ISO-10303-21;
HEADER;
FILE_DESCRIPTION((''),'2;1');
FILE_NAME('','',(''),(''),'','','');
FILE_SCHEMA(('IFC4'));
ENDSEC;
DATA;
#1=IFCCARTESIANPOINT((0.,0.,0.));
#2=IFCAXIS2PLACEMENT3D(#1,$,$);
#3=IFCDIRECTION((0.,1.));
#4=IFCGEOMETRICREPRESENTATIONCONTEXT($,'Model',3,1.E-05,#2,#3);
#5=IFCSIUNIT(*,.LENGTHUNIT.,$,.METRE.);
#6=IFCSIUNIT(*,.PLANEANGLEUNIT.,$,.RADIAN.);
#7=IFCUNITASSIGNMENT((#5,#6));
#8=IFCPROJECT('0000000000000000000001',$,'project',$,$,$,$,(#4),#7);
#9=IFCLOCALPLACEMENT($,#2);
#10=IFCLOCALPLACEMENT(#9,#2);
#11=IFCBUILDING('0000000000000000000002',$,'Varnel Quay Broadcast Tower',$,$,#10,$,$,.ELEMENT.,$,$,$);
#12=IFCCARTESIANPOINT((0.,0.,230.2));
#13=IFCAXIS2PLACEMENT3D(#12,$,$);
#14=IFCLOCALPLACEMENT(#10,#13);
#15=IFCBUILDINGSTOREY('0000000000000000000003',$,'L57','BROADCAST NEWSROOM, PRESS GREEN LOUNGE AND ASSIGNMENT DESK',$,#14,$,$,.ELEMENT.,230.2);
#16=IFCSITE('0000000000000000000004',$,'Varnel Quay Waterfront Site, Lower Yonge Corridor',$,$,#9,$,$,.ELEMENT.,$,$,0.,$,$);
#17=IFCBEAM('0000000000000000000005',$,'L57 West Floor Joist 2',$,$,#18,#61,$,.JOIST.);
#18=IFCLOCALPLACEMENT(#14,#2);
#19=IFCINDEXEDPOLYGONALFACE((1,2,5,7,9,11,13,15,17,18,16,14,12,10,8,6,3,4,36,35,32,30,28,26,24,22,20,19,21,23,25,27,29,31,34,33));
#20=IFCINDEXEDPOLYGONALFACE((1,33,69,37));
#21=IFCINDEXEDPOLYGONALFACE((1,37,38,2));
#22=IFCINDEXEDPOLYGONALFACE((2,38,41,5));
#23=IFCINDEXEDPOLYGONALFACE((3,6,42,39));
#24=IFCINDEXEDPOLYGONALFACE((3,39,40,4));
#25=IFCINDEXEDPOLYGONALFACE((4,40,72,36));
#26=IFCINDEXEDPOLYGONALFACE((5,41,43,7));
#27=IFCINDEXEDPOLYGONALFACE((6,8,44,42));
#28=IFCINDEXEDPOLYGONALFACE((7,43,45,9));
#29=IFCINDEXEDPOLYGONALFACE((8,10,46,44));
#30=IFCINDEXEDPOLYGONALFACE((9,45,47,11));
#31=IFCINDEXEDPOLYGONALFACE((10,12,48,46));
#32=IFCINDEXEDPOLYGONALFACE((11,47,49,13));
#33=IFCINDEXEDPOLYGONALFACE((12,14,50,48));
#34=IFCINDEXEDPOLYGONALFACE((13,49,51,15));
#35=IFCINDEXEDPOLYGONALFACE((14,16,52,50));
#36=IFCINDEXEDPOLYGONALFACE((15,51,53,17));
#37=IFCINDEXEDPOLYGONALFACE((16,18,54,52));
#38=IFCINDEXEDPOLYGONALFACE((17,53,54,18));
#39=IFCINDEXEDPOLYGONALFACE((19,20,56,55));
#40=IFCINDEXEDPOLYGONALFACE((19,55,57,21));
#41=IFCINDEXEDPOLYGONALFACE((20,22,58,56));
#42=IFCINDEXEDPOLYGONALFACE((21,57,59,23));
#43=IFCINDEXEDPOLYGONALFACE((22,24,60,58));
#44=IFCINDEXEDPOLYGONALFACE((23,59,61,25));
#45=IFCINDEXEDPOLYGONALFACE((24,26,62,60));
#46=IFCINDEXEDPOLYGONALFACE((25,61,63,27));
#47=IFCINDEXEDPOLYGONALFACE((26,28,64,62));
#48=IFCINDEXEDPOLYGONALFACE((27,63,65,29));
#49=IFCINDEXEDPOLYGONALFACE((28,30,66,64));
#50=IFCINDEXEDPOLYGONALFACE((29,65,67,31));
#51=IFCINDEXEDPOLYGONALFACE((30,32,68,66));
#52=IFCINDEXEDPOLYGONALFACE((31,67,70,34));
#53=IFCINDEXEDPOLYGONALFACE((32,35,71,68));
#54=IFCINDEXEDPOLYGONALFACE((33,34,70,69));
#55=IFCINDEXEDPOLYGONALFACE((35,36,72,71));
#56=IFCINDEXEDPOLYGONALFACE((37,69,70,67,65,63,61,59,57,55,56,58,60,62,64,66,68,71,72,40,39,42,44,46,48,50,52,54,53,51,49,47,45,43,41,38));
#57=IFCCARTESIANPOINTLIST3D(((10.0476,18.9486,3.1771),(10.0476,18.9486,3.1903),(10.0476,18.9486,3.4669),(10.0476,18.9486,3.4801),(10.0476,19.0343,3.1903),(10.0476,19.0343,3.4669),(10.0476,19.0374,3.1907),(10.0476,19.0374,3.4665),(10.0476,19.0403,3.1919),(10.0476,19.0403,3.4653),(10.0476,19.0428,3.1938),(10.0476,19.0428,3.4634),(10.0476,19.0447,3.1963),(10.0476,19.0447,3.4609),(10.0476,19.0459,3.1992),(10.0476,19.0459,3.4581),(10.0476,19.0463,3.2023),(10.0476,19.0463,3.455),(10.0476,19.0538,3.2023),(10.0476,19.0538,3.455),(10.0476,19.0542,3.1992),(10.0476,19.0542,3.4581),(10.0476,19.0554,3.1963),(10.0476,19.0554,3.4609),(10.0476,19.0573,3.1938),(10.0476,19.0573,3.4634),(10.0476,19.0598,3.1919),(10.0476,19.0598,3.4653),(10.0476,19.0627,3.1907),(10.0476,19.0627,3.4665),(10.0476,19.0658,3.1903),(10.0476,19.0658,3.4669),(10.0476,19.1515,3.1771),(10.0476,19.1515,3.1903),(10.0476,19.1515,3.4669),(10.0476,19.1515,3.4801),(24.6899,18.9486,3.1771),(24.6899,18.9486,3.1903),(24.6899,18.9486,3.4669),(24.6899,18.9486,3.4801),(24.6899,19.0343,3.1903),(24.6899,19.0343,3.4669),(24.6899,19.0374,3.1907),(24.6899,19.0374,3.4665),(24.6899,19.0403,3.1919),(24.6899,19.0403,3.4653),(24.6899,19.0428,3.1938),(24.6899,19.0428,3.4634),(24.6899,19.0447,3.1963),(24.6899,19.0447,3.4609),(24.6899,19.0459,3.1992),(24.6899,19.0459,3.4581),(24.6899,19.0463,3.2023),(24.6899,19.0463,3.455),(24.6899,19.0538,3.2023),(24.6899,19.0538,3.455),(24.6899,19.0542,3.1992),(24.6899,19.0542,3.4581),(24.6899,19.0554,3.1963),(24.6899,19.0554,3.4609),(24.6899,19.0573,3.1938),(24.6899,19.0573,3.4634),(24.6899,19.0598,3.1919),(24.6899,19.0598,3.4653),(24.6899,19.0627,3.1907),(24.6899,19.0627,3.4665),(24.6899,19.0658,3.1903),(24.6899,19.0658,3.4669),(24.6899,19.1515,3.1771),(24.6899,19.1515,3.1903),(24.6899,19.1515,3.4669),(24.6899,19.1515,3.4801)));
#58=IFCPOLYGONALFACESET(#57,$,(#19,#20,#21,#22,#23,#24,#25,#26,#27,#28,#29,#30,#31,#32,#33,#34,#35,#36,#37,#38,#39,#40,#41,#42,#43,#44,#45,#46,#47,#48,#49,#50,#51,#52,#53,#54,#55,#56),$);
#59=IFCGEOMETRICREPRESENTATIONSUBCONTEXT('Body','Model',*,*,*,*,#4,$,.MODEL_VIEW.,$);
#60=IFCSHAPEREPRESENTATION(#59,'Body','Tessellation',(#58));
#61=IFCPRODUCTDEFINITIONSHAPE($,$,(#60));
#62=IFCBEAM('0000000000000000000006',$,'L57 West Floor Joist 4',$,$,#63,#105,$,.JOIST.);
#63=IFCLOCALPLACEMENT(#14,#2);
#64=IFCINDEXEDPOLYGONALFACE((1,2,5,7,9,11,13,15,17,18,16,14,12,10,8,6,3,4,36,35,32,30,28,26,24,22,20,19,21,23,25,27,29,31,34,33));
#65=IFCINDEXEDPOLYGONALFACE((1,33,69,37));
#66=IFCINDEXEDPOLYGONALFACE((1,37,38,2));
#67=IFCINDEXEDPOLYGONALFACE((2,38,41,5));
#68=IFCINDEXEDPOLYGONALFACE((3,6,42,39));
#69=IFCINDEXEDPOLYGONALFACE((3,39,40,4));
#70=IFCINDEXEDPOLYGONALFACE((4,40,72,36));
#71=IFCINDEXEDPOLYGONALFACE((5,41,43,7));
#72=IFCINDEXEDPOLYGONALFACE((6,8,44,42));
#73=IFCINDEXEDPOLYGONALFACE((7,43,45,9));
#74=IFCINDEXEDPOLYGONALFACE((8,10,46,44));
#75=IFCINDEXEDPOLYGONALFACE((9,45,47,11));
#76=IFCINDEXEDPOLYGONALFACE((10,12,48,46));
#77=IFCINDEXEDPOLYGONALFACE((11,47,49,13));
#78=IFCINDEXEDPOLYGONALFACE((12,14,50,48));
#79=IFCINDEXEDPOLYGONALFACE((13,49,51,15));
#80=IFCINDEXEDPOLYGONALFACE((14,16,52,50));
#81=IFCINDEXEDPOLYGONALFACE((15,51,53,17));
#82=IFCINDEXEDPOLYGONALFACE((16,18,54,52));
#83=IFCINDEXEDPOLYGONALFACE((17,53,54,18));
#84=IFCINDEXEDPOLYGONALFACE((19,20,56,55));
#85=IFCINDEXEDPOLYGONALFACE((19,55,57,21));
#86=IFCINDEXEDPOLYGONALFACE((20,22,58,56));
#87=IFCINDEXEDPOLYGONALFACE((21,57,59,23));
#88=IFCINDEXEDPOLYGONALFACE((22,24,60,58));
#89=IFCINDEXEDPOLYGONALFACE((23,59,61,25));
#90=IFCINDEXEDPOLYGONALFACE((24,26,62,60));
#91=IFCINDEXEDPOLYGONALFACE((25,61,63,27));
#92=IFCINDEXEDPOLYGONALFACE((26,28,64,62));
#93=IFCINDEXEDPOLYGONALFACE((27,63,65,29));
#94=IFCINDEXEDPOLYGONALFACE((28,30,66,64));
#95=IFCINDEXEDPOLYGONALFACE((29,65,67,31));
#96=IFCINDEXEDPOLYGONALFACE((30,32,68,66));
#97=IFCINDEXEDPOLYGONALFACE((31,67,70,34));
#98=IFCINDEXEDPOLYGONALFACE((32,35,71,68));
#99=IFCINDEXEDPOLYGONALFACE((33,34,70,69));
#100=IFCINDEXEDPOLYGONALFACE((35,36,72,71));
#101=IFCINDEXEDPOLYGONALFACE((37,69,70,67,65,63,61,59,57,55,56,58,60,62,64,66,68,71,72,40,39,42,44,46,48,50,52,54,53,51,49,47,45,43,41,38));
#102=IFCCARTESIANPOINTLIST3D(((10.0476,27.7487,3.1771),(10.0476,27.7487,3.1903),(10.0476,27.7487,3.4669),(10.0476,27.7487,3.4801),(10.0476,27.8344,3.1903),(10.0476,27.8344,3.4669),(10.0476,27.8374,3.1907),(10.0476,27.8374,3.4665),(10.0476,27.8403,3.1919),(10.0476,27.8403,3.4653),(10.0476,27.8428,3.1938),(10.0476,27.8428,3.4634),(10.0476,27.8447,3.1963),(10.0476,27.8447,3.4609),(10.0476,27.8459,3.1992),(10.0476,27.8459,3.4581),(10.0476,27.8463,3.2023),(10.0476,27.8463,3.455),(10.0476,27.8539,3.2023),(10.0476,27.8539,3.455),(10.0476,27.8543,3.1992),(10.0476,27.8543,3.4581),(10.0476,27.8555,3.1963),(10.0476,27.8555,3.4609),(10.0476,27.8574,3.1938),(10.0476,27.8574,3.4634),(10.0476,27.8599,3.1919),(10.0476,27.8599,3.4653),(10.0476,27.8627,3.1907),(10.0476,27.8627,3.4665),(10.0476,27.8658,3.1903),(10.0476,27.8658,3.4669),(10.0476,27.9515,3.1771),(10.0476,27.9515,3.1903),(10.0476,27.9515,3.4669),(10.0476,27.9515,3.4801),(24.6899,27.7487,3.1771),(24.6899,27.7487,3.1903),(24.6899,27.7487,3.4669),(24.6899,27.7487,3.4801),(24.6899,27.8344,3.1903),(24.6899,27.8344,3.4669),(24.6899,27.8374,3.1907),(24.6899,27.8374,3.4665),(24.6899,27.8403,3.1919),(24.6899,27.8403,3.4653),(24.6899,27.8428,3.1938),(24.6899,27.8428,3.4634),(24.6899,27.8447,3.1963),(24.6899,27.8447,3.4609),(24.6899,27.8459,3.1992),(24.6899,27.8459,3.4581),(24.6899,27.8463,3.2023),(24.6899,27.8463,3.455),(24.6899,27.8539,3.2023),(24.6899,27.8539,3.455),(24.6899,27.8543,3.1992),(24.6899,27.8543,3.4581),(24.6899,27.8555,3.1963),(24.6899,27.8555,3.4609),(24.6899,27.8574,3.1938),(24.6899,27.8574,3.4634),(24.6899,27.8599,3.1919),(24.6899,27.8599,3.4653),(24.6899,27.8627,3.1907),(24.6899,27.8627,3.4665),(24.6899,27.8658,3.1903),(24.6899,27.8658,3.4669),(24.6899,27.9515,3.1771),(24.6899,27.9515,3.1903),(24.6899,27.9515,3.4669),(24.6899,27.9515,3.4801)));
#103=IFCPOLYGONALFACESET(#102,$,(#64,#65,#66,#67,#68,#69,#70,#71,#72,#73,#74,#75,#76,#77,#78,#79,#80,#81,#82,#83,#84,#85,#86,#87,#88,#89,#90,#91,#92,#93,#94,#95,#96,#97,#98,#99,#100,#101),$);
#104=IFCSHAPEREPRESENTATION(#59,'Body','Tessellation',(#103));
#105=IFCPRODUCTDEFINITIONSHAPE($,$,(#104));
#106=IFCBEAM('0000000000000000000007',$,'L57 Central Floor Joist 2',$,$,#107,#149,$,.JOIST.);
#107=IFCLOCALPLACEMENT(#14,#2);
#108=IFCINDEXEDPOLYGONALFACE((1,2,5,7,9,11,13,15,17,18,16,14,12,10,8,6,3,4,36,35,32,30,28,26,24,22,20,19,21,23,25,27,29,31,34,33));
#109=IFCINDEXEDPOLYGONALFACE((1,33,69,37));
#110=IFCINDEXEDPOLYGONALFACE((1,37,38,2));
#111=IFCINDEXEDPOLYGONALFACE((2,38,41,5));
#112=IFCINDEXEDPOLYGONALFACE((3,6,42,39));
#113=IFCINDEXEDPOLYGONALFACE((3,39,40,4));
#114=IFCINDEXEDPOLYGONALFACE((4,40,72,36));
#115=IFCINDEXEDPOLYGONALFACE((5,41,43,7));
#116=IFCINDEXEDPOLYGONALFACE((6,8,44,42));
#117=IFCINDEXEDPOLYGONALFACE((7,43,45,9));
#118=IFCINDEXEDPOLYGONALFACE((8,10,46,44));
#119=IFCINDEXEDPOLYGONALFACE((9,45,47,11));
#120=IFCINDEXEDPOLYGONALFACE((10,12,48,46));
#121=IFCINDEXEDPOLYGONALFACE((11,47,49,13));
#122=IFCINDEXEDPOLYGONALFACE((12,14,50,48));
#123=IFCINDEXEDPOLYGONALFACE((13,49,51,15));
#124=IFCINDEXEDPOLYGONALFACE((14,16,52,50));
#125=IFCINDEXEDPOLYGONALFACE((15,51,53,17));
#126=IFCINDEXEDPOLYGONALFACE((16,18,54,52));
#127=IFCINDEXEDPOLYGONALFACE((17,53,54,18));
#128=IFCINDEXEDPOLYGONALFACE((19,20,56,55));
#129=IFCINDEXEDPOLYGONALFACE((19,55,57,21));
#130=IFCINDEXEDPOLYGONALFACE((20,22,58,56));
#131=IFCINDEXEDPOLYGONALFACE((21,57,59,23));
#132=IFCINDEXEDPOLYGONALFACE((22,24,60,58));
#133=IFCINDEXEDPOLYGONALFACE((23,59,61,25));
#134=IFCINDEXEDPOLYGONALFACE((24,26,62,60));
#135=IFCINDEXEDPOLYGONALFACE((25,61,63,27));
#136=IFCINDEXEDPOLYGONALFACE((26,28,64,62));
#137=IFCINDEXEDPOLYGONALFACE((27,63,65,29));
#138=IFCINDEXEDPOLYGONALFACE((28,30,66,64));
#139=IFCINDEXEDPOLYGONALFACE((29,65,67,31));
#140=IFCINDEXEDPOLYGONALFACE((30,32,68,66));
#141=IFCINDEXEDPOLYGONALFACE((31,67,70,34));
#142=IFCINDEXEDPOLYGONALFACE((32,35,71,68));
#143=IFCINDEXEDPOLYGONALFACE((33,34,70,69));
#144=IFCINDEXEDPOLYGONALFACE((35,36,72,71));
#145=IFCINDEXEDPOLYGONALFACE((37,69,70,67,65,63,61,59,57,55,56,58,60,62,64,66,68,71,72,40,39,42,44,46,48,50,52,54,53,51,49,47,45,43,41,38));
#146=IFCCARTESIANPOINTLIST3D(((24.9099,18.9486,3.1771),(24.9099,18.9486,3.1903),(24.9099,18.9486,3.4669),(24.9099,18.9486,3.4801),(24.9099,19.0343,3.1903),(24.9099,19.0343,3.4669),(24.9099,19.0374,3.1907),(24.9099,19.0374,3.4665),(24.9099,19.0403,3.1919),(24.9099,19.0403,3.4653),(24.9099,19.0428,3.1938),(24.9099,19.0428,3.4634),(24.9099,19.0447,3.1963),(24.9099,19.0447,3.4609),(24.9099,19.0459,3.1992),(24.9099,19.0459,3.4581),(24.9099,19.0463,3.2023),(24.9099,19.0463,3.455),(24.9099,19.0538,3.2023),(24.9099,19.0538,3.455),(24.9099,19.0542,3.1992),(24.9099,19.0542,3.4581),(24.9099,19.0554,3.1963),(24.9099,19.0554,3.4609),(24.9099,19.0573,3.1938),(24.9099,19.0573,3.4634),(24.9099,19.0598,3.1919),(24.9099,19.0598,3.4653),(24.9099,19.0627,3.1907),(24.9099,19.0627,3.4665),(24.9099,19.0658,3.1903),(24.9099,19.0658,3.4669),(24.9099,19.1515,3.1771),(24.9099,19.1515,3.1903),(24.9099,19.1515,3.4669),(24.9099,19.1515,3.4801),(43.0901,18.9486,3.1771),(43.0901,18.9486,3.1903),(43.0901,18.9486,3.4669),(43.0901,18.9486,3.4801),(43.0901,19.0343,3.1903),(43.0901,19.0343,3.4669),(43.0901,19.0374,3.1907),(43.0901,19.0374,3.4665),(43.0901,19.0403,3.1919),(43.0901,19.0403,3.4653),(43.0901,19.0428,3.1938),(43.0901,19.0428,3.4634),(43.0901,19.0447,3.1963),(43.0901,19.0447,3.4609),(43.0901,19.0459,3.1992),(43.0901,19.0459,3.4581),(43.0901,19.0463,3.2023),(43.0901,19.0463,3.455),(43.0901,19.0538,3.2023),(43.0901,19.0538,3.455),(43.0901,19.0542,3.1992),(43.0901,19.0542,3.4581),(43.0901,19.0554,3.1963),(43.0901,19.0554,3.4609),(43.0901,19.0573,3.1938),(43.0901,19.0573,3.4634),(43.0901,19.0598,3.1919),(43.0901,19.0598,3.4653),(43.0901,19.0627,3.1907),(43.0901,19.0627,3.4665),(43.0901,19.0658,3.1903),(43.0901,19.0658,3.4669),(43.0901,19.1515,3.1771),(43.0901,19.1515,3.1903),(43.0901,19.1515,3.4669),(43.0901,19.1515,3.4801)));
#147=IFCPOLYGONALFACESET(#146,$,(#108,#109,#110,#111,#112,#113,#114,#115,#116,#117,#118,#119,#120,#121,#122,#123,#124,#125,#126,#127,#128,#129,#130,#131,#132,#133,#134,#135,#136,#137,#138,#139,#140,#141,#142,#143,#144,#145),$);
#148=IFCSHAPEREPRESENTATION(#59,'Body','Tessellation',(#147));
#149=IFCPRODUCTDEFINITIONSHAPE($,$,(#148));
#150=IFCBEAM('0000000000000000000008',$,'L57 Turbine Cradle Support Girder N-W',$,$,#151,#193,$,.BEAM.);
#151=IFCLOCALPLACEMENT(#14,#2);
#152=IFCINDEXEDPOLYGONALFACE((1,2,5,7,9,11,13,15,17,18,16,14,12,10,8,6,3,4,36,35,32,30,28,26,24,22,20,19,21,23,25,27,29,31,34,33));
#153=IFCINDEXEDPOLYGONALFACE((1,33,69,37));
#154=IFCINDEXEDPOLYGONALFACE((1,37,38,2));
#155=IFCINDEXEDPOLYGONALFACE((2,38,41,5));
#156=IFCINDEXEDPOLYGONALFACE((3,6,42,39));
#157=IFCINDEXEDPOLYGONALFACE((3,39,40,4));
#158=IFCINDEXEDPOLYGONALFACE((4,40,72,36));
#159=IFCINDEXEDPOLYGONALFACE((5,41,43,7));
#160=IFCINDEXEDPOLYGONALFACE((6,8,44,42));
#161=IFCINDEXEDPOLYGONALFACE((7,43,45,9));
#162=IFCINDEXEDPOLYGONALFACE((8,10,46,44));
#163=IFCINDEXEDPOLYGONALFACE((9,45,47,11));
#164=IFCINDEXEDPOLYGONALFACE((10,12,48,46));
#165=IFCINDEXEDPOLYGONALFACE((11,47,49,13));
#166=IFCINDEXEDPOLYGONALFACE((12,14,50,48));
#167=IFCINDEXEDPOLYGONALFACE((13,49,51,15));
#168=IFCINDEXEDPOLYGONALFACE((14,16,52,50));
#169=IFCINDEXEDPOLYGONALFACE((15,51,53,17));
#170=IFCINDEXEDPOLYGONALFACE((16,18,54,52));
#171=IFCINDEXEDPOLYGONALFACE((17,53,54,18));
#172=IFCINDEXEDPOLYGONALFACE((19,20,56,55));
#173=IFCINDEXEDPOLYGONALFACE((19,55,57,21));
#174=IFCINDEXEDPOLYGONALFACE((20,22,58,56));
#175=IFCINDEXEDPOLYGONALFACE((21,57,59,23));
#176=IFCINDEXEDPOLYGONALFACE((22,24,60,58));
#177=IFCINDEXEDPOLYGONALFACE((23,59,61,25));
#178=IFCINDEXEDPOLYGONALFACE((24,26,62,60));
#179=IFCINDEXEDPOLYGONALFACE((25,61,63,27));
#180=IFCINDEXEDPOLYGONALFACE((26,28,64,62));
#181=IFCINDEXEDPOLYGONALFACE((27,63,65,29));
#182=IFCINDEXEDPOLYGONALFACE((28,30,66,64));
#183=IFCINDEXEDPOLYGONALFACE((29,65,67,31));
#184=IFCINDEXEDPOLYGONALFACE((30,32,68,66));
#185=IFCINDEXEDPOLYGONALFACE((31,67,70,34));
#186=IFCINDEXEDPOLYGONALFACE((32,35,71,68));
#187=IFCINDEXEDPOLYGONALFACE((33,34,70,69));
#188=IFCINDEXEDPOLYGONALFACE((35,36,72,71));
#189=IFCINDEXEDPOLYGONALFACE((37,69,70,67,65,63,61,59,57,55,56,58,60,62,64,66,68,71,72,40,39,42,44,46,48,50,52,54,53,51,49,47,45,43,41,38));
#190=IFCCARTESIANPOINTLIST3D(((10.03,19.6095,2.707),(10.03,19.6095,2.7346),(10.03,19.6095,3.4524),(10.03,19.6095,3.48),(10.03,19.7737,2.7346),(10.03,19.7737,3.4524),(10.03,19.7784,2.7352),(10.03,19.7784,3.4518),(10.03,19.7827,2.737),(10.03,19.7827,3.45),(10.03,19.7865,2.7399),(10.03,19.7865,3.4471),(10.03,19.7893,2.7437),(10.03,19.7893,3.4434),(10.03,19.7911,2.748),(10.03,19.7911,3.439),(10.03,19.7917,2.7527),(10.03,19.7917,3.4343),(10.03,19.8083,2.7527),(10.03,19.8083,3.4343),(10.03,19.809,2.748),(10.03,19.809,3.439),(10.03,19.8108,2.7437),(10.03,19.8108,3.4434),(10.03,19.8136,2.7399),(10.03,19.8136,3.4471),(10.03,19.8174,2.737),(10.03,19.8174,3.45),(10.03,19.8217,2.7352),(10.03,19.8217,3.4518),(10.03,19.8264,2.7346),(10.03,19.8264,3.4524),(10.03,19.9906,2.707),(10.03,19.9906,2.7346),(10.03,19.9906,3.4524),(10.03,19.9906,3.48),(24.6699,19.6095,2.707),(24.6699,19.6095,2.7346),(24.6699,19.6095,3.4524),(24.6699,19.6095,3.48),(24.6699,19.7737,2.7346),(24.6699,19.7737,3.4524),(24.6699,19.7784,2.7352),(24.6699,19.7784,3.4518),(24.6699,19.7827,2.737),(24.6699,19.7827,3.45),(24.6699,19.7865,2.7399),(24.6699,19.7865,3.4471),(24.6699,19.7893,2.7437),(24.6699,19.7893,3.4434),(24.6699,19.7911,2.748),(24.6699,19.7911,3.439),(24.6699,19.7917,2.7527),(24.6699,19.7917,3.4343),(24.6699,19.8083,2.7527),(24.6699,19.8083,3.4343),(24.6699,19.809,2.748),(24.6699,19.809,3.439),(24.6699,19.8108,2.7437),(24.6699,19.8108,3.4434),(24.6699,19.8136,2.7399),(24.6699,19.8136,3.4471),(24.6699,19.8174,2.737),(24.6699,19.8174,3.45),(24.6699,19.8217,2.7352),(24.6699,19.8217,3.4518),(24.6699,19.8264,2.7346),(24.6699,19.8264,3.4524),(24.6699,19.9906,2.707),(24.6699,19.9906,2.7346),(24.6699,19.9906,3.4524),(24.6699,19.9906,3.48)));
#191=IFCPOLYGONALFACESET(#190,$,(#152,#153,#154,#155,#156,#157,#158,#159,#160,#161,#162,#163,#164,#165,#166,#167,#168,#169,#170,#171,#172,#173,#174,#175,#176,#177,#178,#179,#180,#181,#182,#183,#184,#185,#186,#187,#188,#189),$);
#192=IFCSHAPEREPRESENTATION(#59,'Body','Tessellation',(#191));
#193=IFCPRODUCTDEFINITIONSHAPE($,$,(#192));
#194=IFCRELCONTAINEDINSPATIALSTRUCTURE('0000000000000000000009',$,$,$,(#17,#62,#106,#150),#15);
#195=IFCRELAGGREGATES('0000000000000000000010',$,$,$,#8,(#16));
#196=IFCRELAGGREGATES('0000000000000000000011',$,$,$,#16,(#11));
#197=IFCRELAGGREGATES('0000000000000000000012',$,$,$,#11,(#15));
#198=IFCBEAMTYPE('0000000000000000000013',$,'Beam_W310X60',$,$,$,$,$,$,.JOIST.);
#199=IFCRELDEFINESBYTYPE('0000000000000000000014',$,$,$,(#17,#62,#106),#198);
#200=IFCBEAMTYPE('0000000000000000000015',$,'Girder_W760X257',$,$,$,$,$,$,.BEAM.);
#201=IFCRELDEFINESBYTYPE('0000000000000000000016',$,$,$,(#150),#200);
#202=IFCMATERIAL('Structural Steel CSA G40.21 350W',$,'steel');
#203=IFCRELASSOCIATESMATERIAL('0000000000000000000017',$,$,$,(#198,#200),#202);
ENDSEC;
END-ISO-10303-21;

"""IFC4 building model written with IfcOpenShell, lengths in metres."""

from ifc_helpers import new_model, si_unit, direction, frame, origin, origin_2d, place, context, subcontext, project, spatial, i_section, extrude, source, transform, mapped, material, material_profile, profile_set, type_object, type_shapes, element, save


model = new_model("IFC4")

# Units and contexts
model_context = context("Model", 3, precision=1e-05, world=origin(), true_north=direction((0.0, 1.0)))
body_context = subcontext(model_context, "Body", "Model", "MODEL_VIEW")
ifc_project = project(units=[si_unit("LENGTHUNIT", "METRE"), si_unit("PLANEANGLEUNIT", "RADIAN")], contexts=[model_context])

# Site, building, storey
site_placement = place(None, origin())
site = spatial("IfcSite", under=ifc_project, at=site_placement, Name="Varnel Quay Waterfront Site, Lower Yonge Corridor", CompositionType="ELEMENT", RefElevation=0.0)
building_placement = place(site_placement, origin())
building = spatial("IfcBuilding", under=site, at=building_placement, Name="Varnel Quay Broadcast Tower", CompositionType="ELEMENT")
storey_placement = place(building_placement, frame((0.0, 0.0, 230.2)))
storey = spatial("IfcBuildingStorey", under=building, at=storey_placement, Name="L57", Description="BROADCAST NEWSROOM, PRESS GREEN LOUNGE AND ASSIGNMENT DESK", CompositionType="ELEMENT", Elevation=230.2)

# Shared definitions
ifc_material_1 = material(Name="Structural Steel CSA G40.21 350W", Category="steel")

# Beams
ifc_material_profile_1 = material_profile(ifc_material_1, i_section(OverallWidth=0.2029, OverallDepth=0.303, WebThickness=0.0076, FlangeThickness=0.0132, FilletRadius=0.012, at=origin_2d()), Name="W310X60")
ifc_profile_set_1 = profile_set([ifc_material_profile_1], Name="Structural Steel CSA G40.21 350W")
beam_type_1 = type_object("IfcBeamType", Name="Beam_W310X60", PredefinedType="JOIST", material=ifc_profile_set_1)
shared_shape_1 = source(origin(), body_context, "Body", "SweptSolid", [
    extrude(i_section(OverallWidth=0.2029, OverallDepth=0.303, WebThickness=0.0076, FlangeThickness=0.0132, FilletRadius=0.012, at=origin_2d()), origin(), (0.0, 0.0, 1.0), 14.6423),
])
for number, where, z_axis, x_axis, name in (
    (1, (10.0476, 19.05, 3.3286), (1.0, 0.0, 0.0), (0.0, 1.0, 0.0), "L57 West Floor Joist 2"),
    (2, (10.0476, 27.8501, 3.3286), (1.0, 0.0, 0.0), (0.0, 1.0, 0.0), "L57 West Floor Joist 4"),
):
    element("IfcBeam", number, at=place(storey_placement, frame(where, z_axis=z_axis, x_axis=x_axis)), inside=storey, type_object=beam_type_1, Name=name, PredefinedType="JOIST", context=body_context, shape_type="MappedRepresentation", body=[
        mapped(shared_shape_1, transform((0.0, 0.0, 0.0), x_axis=(1.0, 0.0, 0.0), y_axis=(0.0, 1.0, 0.0), z_axis=(0.0, 0.0, 1.0), scale=1.0)),
    ])
shared_shape_2 = source(origin(), body_context, "Body", "SweptSolid", [
    extrude(i_section(OverallWidth=0.2029, OverallDepth=0.303, WebThickness=0.0076, FlangeThickness=0.0132, FilletRadius=0.012, at=origin_2d()), origin(), (0.0, 0.0, 1.0), 18.1802),
])
type_shapes(beam_type_1, [shared_shape_1, shared_shape_2])
beam_1_placement = place(storey_placement, frame((24.9099, 19.05, 3.3286), z_axis=(1.0, 0.0, 0.0), x_axis=(0.0, 1.0, 0.0)))
element("IfcBeam", 3, at=beam_1_placement, inside=storey, type_object=beam_type_1, Name="L57 Central Floor Joist 2", PredefinedType="JOIST", context=body_context, shape_type="MappedRepresentation", body=[
    mapped(shared_shape_2, transform((0.0, 0.0, 0.0), x_axis=(1.0, 0.0, 0.0), y_axis=(0.0, 1.0, 0.0), z_axis=(0.0, 0.0, 1.0), scale=1.0)),
])
ifc_material_profile_2 = material_profile(ifc_material_1, i_section(OverallWidth=0.3811, OverallDepth=0.7729, WebThickness=0.0166, FlangeThickness=0.0276, FilletRadius=0.0181, at=origin_2d()), Name="W760X257")
ifc_profile_set_2 = profile_set([ifc_material_profile_2], Name="Structural Steel CSA G40.21 350W")
beam_type_2 = type_object("IfcBeamType", Name="Girder_W760X257", PredefinedType="BEAM", material=ifc_profile_set_2)
shared_shape_3 = source(origin(), body_context, "Body", "SweptSolid", [
    extrude(i_section(OverallWidth=0.3811, OverallDepth=0.7729, WebThickness=0.0166, FlangeThickness=0.0276, FilletRadius=0.0181, at=origin_2d()), origin(), (0.0, 0.0, 1.0), 14.6399),
])
beam_2_placement = place(storey_placement, frame((10.03, 19.8, 3.0935), z_axis=(1.0, 0.0, 0.0), x_axis=(0.0, 1.0, 0.0)))
element("IfcBeam", 4, at=beam_2_placement, inside=storey, type_object=beam_type_2, Name="L57 Turbine Cradle Support Girder N-W", PredefinedType="BEAM", context=body_context, shape_type="MappedRepresentation", body=[
    mapped(shared_shape_3, transform((0.0, 0.0, 0.0), x_axis=(1.0, 0.0, 0.0), y_axis=(0.0, 1.0, 0.0), z_axis=(0.0, 0.0, 1.0), scale=1.0)),
])

save(model, "model.ifc")
